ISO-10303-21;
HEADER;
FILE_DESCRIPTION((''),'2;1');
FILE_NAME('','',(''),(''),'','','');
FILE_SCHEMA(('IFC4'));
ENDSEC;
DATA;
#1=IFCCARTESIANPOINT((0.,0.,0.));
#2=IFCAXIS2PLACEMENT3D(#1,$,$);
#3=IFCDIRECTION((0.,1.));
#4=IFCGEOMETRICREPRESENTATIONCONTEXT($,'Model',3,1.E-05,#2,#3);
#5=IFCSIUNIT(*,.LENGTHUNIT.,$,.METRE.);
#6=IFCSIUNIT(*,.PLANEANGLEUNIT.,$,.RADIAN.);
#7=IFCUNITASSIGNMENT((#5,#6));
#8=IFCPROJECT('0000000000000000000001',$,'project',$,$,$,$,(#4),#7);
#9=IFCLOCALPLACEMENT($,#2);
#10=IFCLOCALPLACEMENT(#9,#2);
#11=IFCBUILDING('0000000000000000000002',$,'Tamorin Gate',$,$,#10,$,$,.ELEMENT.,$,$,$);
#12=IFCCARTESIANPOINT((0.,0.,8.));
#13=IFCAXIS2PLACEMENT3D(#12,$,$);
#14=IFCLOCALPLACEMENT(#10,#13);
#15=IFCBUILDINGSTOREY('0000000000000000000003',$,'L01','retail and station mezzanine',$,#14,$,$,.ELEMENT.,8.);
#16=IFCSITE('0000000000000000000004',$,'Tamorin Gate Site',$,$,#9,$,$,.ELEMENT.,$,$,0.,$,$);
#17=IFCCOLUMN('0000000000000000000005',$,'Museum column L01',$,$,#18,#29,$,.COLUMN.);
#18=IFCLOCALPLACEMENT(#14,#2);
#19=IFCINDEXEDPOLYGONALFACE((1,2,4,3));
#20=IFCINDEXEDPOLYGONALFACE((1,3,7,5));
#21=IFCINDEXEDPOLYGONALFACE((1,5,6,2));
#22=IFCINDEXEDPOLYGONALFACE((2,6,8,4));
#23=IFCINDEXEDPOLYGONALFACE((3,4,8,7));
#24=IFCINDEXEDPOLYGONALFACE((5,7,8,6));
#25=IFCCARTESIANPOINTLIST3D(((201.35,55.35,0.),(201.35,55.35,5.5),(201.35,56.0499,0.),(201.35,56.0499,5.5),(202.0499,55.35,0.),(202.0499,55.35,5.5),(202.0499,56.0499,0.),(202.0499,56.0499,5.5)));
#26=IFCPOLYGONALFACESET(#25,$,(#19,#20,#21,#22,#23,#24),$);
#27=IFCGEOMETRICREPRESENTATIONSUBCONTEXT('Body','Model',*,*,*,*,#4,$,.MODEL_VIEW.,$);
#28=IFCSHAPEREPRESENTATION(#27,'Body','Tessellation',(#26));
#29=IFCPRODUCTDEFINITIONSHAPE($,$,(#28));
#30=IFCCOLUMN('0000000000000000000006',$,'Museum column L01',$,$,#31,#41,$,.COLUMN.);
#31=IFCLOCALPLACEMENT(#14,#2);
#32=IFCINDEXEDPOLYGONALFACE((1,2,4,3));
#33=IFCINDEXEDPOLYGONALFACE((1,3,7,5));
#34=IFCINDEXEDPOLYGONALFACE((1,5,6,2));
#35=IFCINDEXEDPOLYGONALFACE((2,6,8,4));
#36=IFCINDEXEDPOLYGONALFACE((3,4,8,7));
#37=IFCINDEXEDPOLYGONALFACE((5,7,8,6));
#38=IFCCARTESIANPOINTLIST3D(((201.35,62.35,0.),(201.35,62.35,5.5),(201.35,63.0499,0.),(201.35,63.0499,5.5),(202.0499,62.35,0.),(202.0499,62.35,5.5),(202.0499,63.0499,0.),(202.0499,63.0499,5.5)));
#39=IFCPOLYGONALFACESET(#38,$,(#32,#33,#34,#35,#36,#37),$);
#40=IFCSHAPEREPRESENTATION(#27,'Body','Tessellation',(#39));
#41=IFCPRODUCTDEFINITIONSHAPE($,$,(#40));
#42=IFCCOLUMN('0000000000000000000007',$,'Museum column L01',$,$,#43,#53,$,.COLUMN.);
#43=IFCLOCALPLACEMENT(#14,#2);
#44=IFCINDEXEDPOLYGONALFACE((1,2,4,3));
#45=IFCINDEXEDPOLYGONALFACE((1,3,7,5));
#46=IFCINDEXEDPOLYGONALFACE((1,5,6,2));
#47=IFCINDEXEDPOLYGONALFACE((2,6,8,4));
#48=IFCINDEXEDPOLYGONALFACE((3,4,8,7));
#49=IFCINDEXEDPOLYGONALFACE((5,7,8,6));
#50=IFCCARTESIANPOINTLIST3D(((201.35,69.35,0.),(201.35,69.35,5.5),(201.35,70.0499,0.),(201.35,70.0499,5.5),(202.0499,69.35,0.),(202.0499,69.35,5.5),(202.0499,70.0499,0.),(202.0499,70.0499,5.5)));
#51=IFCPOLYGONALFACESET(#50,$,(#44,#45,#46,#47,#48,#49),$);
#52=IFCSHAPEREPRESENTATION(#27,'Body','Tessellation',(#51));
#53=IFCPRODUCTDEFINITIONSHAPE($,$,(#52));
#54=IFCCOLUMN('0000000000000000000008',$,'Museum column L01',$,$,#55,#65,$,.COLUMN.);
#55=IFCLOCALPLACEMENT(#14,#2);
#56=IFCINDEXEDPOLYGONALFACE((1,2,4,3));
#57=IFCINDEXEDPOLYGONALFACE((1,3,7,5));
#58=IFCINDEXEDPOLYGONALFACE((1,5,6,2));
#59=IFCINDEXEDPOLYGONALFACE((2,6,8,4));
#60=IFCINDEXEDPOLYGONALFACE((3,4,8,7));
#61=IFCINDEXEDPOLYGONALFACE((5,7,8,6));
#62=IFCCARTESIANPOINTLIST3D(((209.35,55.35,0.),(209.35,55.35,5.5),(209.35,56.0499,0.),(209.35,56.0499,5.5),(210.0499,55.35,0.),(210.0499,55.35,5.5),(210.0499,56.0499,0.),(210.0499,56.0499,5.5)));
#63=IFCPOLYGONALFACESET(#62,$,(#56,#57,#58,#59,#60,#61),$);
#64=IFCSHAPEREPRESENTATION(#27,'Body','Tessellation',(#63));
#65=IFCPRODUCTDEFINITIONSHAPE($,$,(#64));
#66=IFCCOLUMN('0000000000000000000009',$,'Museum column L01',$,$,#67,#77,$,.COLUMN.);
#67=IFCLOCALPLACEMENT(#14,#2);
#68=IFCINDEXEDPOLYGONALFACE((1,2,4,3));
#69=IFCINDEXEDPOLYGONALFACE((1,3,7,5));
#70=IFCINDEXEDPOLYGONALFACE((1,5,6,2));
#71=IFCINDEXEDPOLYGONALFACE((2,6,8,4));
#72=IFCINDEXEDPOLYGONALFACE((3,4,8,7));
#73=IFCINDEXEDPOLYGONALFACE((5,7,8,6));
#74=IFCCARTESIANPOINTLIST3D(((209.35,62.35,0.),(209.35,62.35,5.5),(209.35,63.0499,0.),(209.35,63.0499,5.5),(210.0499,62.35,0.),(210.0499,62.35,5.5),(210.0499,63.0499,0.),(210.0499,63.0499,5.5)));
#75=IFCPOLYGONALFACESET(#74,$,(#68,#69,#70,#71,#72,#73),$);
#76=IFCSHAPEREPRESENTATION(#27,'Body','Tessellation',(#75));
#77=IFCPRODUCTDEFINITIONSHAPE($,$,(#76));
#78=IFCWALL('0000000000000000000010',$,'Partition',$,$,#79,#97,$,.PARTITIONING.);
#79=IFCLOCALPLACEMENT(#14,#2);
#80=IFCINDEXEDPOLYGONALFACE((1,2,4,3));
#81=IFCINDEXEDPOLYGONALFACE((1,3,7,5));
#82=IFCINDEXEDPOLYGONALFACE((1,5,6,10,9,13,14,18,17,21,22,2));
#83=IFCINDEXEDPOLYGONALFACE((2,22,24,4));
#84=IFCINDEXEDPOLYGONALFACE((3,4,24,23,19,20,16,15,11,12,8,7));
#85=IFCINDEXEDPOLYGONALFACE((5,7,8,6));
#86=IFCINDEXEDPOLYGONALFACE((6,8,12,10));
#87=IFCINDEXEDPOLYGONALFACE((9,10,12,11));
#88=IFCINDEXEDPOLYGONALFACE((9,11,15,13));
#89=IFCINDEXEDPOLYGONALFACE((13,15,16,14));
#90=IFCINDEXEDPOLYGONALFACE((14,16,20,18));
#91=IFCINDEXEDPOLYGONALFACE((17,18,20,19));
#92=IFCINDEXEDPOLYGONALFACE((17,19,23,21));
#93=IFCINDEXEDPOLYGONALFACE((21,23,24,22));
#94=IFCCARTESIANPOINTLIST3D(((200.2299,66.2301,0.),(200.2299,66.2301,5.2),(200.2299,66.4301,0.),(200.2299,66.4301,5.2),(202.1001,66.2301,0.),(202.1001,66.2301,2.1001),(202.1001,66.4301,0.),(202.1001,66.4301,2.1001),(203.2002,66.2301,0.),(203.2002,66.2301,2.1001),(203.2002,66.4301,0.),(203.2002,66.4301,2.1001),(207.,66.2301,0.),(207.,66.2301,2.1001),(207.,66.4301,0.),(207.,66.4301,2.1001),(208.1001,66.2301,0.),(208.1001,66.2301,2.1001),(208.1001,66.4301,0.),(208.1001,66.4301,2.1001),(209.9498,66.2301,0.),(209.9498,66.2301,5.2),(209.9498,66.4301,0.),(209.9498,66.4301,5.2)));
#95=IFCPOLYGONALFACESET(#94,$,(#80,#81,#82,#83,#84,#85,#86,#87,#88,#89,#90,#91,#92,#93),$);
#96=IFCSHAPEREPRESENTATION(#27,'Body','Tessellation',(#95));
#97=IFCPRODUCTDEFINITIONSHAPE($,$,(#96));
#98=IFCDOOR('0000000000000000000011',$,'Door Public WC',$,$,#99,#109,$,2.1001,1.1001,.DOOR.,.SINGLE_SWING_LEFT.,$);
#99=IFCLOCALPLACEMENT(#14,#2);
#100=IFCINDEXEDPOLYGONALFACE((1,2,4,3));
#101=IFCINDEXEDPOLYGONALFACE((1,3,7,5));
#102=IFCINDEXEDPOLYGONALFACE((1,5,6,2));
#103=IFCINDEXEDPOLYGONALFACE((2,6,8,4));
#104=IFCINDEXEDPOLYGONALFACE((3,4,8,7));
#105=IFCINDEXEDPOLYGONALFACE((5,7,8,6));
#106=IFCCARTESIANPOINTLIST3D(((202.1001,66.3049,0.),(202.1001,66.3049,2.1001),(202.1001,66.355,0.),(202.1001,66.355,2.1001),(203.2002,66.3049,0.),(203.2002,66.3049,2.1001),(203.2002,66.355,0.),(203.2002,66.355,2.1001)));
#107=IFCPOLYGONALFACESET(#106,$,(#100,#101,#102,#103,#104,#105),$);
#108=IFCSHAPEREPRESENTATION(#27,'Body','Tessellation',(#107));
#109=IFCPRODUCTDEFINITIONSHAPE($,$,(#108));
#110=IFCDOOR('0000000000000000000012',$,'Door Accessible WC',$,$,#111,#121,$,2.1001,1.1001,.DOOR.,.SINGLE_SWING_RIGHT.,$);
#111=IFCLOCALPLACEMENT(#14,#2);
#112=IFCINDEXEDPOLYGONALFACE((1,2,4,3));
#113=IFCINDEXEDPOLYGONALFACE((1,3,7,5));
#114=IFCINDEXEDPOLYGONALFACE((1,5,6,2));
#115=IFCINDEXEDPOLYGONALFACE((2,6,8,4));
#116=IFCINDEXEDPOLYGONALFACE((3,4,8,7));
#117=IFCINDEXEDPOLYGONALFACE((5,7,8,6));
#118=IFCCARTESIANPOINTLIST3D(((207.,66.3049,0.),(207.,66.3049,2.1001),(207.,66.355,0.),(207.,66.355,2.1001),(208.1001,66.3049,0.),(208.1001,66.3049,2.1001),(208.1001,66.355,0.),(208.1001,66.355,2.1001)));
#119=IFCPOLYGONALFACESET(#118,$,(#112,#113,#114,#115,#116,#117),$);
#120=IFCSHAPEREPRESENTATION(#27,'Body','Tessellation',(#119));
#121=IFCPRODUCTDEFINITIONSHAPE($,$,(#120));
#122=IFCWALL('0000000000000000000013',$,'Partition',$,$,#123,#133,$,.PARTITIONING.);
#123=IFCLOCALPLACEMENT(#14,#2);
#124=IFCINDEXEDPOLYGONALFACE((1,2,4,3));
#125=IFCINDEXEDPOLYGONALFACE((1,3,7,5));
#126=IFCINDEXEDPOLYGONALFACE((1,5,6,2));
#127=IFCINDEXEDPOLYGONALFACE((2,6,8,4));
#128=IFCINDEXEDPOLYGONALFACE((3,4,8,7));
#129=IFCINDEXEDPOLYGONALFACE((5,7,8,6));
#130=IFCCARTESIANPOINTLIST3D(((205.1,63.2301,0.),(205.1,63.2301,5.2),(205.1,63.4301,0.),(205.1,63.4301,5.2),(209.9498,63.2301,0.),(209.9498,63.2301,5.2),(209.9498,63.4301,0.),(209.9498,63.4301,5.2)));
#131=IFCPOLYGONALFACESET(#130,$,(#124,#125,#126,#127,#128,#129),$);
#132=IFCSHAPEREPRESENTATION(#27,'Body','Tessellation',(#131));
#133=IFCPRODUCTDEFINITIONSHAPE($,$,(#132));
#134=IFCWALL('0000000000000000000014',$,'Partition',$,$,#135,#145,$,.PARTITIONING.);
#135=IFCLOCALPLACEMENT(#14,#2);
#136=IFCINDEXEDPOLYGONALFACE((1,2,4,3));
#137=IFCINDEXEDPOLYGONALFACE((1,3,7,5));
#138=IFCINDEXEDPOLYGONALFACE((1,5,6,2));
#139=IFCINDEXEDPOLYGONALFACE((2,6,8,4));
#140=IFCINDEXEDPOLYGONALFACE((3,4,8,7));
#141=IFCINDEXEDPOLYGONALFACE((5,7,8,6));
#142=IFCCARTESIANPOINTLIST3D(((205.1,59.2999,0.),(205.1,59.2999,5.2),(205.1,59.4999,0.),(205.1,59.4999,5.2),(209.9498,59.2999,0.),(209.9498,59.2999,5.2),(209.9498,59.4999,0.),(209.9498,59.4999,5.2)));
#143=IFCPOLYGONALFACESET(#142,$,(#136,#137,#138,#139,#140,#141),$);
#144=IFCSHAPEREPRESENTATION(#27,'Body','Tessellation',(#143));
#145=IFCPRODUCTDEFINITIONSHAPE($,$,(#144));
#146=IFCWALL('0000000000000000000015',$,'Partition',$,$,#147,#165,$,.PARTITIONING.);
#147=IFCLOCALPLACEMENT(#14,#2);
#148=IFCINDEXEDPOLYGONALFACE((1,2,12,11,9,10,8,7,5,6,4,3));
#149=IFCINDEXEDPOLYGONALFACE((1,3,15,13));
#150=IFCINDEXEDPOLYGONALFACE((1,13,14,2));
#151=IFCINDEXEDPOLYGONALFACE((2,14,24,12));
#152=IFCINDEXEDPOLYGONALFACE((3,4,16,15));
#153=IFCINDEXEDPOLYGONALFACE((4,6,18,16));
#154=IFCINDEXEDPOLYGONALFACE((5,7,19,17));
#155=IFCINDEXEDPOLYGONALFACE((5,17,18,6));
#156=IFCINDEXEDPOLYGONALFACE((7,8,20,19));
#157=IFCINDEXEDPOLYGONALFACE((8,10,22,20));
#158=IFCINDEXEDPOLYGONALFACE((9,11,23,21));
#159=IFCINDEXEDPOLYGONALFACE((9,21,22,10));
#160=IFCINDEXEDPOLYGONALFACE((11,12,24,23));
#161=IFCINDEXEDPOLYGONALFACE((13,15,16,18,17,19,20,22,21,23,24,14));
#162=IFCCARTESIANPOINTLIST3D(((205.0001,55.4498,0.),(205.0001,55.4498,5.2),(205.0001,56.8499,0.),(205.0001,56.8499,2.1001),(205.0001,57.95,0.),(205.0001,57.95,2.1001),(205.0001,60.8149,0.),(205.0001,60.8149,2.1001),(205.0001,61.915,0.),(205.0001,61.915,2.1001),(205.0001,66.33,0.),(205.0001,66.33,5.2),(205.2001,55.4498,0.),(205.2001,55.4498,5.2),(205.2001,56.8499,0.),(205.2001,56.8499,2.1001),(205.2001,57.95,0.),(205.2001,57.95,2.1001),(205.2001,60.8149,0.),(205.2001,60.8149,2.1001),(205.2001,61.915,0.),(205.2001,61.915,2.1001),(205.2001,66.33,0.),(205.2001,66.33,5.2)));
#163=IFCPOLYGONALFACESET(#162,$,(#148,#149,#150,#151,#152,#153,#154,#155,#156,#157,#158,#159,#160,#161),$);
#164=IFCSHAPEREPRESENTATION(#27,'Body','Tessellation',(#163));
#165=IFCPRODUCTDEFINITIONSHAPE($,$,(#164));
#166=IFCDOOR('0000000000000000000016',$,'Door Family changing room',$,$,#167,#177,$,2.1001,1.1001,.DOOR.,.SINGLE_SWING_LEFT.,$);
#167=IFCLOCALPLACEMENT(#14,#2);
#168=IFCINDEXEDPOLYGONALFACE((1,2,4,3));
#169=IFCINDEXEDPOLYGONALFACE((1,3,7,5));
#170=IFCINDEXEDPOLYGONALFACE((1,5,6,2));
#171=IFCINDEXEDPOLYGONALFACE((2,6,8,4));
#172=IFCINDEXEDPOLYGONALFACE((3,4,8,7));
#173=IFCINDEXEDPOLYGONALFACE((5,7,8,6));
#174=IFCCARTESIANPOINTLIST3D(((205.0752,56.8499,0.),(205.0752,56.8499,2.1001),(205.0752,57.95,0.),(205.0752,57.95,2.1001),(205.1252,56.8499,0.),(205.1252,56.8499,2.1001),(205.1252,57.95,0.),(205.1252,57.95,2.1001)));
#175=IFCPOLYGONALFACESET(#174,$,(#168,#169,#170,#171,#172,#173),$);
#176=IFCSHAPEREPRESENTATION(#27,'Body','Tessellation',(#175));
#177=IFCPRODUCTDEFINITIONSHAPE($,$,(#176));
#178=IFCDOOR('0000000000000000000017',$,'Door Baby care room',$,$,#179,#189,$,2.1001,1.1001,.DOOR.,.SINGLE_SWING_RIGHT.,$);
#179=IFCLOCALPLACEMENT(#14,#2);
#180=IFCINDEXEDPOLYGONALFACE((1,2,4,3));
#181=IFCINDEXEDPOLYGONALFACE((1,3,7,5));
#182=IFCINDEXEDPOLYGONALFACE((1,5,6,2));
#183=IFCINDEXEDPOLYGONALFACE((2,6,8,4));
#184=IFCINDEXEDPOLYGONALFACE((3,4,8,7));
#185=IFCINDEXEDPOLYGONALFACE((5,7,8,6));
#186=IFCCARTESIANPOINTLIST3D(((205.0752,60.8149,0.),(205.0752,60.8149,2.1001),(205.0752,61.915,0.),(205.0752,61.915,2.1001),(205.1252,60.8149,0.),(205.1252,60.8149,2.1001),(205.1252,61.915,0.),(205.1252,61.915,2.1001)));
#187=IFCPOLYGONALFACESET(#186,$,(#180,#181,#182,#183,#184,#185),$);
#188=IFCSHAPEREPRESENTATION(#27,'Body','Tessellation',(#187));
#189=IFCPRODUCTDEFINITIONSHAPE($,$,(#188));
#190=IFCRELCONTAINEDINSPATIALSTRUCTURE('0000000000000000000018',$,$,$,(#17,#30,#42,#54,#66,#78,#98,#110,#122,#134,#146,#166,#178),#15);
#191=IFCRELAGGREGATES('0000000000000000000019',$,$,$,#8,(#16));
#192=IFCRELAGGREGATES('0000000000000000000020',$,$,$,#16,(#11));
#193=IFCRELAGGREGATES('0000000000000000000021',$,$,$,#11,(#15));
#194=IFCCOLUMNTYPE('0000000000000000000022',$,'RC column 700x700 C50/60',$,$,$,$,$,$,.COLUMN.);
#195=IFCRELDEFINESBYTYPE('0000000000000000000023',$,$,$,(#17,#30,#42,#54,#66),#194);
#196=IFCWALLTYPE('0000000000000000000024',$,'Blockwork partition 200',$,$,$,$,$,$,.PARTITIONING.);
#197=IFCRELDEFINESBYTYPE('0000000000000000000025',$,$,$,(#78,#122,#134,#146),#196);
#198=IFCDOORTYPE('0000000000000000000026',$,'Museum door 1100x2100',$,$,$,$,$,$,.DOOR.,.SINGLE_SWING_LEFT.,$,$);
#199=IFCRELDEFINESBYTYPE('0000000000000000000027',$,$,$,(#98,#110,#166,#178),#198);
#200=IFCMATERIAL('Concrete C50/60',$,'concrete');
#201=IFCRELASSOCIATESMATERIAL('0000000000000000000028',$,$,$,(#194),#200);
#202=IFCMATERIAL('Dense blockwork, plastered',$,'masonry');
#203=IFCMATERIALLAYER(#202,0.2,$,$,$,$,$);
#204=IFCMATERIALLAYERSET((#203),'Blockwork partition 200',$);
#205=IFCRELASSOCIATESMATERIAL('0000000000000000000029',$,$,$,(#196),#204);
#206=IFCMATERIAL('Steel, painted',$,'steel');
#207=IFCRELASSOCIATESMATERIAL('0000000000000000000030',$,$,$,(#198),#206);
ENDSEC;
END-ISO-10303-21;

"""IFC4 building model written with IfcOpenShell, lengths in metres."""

from ifc_helpers import new_model, si_unit, direction, frame, frame_2d, origin, origin_2d, place, context, subcontext, project, spatial, rectangle, extrude, material, layer, layer_set, material_profile, profile_set, type_object, element, fill, save


model = new_model("IFC4")

# Units and contexts
model_context = context("Model", 3, precision=1e-05, world=origin(), true_north=direction((0.0, 1.0)))
body_context = subcontext(model_context, "Body", "Model", "MODEL_VIEW")
ifc_project = project(units=[si_unit("LENGTHUNIT", "METRE"), si_unit("PLANEANGLEUNIT", "RADIAN")], contexts=[model_context])

# Site, building, storey
site_placement = place(None, origin())
site = spatial("IfcSite", under=ifc_project, at=site_placement, Name="Tamorin Gate Site", CompositionType="ELEMENT", RefElevation=0.0)
building_placement = place(site_placement, origin())
building = spatial("IfcBuilding", under=site, at=building_placement, Name="Tamorin Gate", CompositionType="ELEMENT")
storey_placement = place(building_placement, frame((0.0, 0.0, 8.0)))
storey = spatial("IfcBuildingStorey", under=building, at=storey_placement, Name="L01", Description="retail and station mezzanine", CompositionType="ELEMENT", Elevation=8.0)

# Columns
ifc_material_1 = material(Name="Concrete C50/60", Category="concrete")
ifc_material_profile = material_profile(ifc_material_1, rectangle(XDim=0.7, YDim=0.7, at=origin_2d()), Name="RC 700x700")
ifc_profile_set = profile_set([ifc_material_profile], Name="Concrete C50/60")
column_type = type_object("IfcColumnType", Name="RC column 700x700 C50/60", PredefinedType="COLUMN", material=ifc_profile_set)
for number, where, z_axis, x_axis, name in (
    (1, (201.7, 55.7, 0.0), (0.0, 0.0, 1.0), (1.0, 0.0, 0.0), "Museum column L01"),
    (2, (201.7, 62.7, 0.0), (0.0, 0.0, 1.0), (1.0, 0.0, 0.0), "Museum column L01"),
    (3, (201.7, 69.7, 0.0), (0.0, 0.0, 1.0), (1.0, 0.0, 0.0), "Museum column L01"),
    (4, (209.7, 55.7, 0.0), (0.0, 0.0, 1.0), (1.0, 0.0, 0.0), "Museum column L01"),
    (5, (209.7, 62.7, 0.0), (0.0, 0.0, 1.0), (1.0, 0.0, 0.0), "Museum column L01"),
):
    element("IfcColumn", number, at=place(storey_placement, frame(where, z_axis=z_axis, x_axis=x_axis)), inside=storey, type_object=column_type, Name=name, PredefinedType="COLUMN", context=body_context, shape_type="SweptSolid", body=[
        extrude(rectangle(XDim=0.7, YDim=0.7, at=origin_2d()), origin(), (0.0, 0.0, 1.0), 5.5),
    ])

# Wall, openings, doors
ifc_material_2 = material(Name="Dense blockwork, plastered", Category="masonry")
ifc_layer_1 = layer(ifc_material_2, 0.2)
ifc_layer_set_1 = layer_set([ifc_layer_1], Name="Blockwork partition 200")
wall_type_1 = type_object("IfcWallType", Name="Blockwork partition 200", PredefinedType="PARTITIONING", material=ifc_layer_set_1)
wall_1_placement = place(storey_placement, frame((200.23, 66.3301, 0.0), z_axis=(0.0, 0.0, 1.0), x_axis=(1.0, 0.0, 0.0)))
wall_1 = element("IfcWall", 6, at=wall_1_placement, inside=storey, type_object=wall_type_1, Name="Partition", PredefinedType="PARTITIONING", context=body_context, shape_type="SweptSolid", body=[
    extrude(rectangle(XDim=9.72, YDim=0.2, at=frame_2d((4.8599, 0.0))), origin(), (0.0, 0.0, 1.0), 5.2),
])
opening_1_placement = place(wall_1_placement, frame((1.8701, 0.0, 0.0)))
opening_1 = element("IfcOpeningElement", 7, at=opening_1_placement, cuts=wall_1, PredefinedType="OPENING", context=body_context, shape_type="SweptSolid", body=[
    extrude(rectangle(XDim=1.1001, YDim=2.1001, at=frame_2d((0.55, 1.05))), frame((0.0, 0.1099, 0.0), z_axis=(0.0, -1.0, 0.0), x_axis=(1.0, 0.0, 0.0)), (0.0, 0.0, 1.0), 0.22),
])
opening_2_placement = place(wall_1_placement, frame((6.77, 0.0, 0.0)))
opening_2 = element("IfcOpeningElement", 8, at=opening_2_placement, cuts=wall_1, PredefinedType="OPENING", context=body_context, shape_type="SweptSolid", body=[
    extrude(rectangle(XDim=1.1001, YDim=2.1001, at=frame_2d((0.55, 1.05))), frame((0.0, 0.1099, 0.0), z_axis=(0.0, -1.0, 0.0), x_axis=(1.0, 0.0, 0.0)), (0.0, 0.0, 1.0), 0.22),
])
ifc_material_3 = material(Name="Steel, painted", Category="steel")
door_type_1 = type_object("IfcDoorType", Name="Museum door 1100x2100", OperationType="SINGLE_SWING_LEFT", PredefinedType="DOOR", material=ifc_material_3)
door_1_placement = place(opening_1_placement, origin())
door_1 = element("IfcDoor", 9, at=door_1_placement, inside=storey, type_object=door_type_1, Name="Door Public WC", OperationType="SINGLE_SWING_LEFT", OverallHeight=2.1001, OverallWidth=1.1001, PredefinedType="DOOR", context=body_context, shape_type="SweptSolid", body=[
    extrude(rectangle(XDim=1.1001, YDim=2.1001, at=frame_2d((0.55, 1.05))), frame((0.0, 0.0249, 0.0), z_axis=(0.0, -1.0, 0.0), x_axis=(1.0, 0.0, 0.0)), (0.0, 0.0, 1.0), 0.05),
])
fill(opening_1, door_1)
door_2_placement = place(opening_2_placement, origin())
door_2 = element("IfcDoor", 10, at=door_2_placement, inside=storey, type_object=door_type_1, Name="Door Accessible WC", OperationType="SINGLE_SWING_RIGHT", OverallHeight=2.1001, OverallWidth=1.1001, PredefinedType="DOOR", context=body_context, shape_type="SweptSolid", body=[
    extrude(rectangle(XDim=1.1001, YDim=2.1001, at=frame_2d((0.55, 1.05))), frame((0.0, 0.0249, 0.0), z_axis=(0.0, -1.0, 0.0), x_axis=(1.0, 0.0, 0.0)), (0.0, 0.0, 1.0), 0.05),
])
fill(opening_2, door_2)

# Walls
for number, where, z_axis, x_axis, name in (
    (11, (205.1001, 63.3301, 0.0), (0.0, 0.0, 1.0), (1.0, 0.0, 0.0), "Partition"),
    (12, (205.1001, 59.3999, 0.0), (0.0, 0.0, 1.0), (1.0, 0.0, 0.0), "Partition"),
):
    element("IfcWall", number, at=place(storey_placement, frame(where, z_axis=z_axis, x_axis=x_axis)), inside=storey, type_object=wall_type_1, Name=name, PredefinedType="PARTITIONING", context=body_context, shape_type="SweptSolid", body=[
        extrude(rectangle(XDim=4.8499, YDim=0.2, at=frame_2d((2.4248, 0.0))), origin(), (0.0, 0.0, 1.0), 5.2),
    ])

# Wall, openings, doors
wall_2_placement = place(storey_placement, frame((205.1001, 55.45, 0.0), z_axis=(0.0, 0.0, 1.0), x_axis=(0.0, 1.0, 0.0)))
wall_2 = element("IfcWall", 13, at=wall_2_placement, inside=storey, type_object=wall_type_1, Name="Partition", PredefinedType="PARTITIONING", context=body_context, shape_type="SweptSolid", body=[
    extrude(rectangle(XDim=10.8801, YDim=0.2, at=frame_2d((5.4399, 0.0))), origin(), (0.0, 0.0, 1.0), 5.2),
])
opening_3_placement = place(wall_2_placement, frame((1.3999, 0.0, 0.0)))
opening_3 = element("IfcOpeningElement", 14, at=opening_3_placement, cuts=wall_2, PredefinedType="OPENING", context=body_context, shape_type="SweptSolid", body=[
    extrude(rectangle(XDim=1.1001, YDim=2.1001, at=frame_2d((0.55, 1.05))), frame((0.0, 0.1099, 0.0), z_axis=(0.0, -1.0, 0.0), x_axis=(1.0, 0.0, 0.0)), (0.0, 0.0, 1.0), 0.22),
])
opening_4_placement = place(wall_2_placement, frame((5.365, 0.0, 0.0)))
opening_4 = element("IfcOpeningElement", 15, at=opening_4_placement, cuts=wall_2, PredefinedType="OPENING", context=body_context, shape_type="SweptSolid", body=[
    extrude(rectangle(XDim=1.1001, YDim=2.1001, at=frame_2d((0.55, 1.05))), frame((0.0, 0.1099, 0.0), z_axis=(0.0, -1.0, 0.0), x_axis=(1.0, 0.0, 0.0)), (0.0, 0.0, 1.0), 0.22),
])
door_3_placement = place(opening_3_placement, origin())
door_3 = element("IfcDoor", 16, at=door_3_placement, inside=storey, type_object=door_type_1, Name="Door Family changing room", OperationType="SINGLE_SWING_LEFT", OverallHeight=2.1001, OverallWidth=1.1001, PredefinedType="DOOR", context=body_context, shape_type="SweptSolid", body=[
    extrude(rectangle(XDim=1.1001, YDim=2.1001, at=frame_2d((0.55, 1.05))), frame((0.0, 0.0249, 0.0), z_axis=(0.0, -1.0, 0.0), x_axis=(1.0, 0.0, 0.0)), (0.0, 0.0, 1.0), 0.05),
])
fill(opening_3, door_3)
door_4_placement = place(opening_4_placement, origin())
door_4 = element("IfcDoor", 17, at=door_4_placement, inside=storey, type_object=door_type_1, Name="Door Baby care room", OperationType="SINGLE_SWING_RIGHT", OverallHeight=2.1001, OverallWidth=1.1001, PredefinedType="DOOR", context=body_context, shape_type="SweptSolid", body=[
    extrude(rectangle(XDim=1.1001, YDim=2.1001, at=frame_2d((0.55, 1.05))), frame((0.0, 0.0249, 0.0), z_axis=(0.0, -1.0, 0.0), x_axis=(1.0, 0.0, 0.0)), (0.0, 0.0, 1.0), 0.05),
])
fill(opening_4, door_4)

save(model, "model.ifc")
